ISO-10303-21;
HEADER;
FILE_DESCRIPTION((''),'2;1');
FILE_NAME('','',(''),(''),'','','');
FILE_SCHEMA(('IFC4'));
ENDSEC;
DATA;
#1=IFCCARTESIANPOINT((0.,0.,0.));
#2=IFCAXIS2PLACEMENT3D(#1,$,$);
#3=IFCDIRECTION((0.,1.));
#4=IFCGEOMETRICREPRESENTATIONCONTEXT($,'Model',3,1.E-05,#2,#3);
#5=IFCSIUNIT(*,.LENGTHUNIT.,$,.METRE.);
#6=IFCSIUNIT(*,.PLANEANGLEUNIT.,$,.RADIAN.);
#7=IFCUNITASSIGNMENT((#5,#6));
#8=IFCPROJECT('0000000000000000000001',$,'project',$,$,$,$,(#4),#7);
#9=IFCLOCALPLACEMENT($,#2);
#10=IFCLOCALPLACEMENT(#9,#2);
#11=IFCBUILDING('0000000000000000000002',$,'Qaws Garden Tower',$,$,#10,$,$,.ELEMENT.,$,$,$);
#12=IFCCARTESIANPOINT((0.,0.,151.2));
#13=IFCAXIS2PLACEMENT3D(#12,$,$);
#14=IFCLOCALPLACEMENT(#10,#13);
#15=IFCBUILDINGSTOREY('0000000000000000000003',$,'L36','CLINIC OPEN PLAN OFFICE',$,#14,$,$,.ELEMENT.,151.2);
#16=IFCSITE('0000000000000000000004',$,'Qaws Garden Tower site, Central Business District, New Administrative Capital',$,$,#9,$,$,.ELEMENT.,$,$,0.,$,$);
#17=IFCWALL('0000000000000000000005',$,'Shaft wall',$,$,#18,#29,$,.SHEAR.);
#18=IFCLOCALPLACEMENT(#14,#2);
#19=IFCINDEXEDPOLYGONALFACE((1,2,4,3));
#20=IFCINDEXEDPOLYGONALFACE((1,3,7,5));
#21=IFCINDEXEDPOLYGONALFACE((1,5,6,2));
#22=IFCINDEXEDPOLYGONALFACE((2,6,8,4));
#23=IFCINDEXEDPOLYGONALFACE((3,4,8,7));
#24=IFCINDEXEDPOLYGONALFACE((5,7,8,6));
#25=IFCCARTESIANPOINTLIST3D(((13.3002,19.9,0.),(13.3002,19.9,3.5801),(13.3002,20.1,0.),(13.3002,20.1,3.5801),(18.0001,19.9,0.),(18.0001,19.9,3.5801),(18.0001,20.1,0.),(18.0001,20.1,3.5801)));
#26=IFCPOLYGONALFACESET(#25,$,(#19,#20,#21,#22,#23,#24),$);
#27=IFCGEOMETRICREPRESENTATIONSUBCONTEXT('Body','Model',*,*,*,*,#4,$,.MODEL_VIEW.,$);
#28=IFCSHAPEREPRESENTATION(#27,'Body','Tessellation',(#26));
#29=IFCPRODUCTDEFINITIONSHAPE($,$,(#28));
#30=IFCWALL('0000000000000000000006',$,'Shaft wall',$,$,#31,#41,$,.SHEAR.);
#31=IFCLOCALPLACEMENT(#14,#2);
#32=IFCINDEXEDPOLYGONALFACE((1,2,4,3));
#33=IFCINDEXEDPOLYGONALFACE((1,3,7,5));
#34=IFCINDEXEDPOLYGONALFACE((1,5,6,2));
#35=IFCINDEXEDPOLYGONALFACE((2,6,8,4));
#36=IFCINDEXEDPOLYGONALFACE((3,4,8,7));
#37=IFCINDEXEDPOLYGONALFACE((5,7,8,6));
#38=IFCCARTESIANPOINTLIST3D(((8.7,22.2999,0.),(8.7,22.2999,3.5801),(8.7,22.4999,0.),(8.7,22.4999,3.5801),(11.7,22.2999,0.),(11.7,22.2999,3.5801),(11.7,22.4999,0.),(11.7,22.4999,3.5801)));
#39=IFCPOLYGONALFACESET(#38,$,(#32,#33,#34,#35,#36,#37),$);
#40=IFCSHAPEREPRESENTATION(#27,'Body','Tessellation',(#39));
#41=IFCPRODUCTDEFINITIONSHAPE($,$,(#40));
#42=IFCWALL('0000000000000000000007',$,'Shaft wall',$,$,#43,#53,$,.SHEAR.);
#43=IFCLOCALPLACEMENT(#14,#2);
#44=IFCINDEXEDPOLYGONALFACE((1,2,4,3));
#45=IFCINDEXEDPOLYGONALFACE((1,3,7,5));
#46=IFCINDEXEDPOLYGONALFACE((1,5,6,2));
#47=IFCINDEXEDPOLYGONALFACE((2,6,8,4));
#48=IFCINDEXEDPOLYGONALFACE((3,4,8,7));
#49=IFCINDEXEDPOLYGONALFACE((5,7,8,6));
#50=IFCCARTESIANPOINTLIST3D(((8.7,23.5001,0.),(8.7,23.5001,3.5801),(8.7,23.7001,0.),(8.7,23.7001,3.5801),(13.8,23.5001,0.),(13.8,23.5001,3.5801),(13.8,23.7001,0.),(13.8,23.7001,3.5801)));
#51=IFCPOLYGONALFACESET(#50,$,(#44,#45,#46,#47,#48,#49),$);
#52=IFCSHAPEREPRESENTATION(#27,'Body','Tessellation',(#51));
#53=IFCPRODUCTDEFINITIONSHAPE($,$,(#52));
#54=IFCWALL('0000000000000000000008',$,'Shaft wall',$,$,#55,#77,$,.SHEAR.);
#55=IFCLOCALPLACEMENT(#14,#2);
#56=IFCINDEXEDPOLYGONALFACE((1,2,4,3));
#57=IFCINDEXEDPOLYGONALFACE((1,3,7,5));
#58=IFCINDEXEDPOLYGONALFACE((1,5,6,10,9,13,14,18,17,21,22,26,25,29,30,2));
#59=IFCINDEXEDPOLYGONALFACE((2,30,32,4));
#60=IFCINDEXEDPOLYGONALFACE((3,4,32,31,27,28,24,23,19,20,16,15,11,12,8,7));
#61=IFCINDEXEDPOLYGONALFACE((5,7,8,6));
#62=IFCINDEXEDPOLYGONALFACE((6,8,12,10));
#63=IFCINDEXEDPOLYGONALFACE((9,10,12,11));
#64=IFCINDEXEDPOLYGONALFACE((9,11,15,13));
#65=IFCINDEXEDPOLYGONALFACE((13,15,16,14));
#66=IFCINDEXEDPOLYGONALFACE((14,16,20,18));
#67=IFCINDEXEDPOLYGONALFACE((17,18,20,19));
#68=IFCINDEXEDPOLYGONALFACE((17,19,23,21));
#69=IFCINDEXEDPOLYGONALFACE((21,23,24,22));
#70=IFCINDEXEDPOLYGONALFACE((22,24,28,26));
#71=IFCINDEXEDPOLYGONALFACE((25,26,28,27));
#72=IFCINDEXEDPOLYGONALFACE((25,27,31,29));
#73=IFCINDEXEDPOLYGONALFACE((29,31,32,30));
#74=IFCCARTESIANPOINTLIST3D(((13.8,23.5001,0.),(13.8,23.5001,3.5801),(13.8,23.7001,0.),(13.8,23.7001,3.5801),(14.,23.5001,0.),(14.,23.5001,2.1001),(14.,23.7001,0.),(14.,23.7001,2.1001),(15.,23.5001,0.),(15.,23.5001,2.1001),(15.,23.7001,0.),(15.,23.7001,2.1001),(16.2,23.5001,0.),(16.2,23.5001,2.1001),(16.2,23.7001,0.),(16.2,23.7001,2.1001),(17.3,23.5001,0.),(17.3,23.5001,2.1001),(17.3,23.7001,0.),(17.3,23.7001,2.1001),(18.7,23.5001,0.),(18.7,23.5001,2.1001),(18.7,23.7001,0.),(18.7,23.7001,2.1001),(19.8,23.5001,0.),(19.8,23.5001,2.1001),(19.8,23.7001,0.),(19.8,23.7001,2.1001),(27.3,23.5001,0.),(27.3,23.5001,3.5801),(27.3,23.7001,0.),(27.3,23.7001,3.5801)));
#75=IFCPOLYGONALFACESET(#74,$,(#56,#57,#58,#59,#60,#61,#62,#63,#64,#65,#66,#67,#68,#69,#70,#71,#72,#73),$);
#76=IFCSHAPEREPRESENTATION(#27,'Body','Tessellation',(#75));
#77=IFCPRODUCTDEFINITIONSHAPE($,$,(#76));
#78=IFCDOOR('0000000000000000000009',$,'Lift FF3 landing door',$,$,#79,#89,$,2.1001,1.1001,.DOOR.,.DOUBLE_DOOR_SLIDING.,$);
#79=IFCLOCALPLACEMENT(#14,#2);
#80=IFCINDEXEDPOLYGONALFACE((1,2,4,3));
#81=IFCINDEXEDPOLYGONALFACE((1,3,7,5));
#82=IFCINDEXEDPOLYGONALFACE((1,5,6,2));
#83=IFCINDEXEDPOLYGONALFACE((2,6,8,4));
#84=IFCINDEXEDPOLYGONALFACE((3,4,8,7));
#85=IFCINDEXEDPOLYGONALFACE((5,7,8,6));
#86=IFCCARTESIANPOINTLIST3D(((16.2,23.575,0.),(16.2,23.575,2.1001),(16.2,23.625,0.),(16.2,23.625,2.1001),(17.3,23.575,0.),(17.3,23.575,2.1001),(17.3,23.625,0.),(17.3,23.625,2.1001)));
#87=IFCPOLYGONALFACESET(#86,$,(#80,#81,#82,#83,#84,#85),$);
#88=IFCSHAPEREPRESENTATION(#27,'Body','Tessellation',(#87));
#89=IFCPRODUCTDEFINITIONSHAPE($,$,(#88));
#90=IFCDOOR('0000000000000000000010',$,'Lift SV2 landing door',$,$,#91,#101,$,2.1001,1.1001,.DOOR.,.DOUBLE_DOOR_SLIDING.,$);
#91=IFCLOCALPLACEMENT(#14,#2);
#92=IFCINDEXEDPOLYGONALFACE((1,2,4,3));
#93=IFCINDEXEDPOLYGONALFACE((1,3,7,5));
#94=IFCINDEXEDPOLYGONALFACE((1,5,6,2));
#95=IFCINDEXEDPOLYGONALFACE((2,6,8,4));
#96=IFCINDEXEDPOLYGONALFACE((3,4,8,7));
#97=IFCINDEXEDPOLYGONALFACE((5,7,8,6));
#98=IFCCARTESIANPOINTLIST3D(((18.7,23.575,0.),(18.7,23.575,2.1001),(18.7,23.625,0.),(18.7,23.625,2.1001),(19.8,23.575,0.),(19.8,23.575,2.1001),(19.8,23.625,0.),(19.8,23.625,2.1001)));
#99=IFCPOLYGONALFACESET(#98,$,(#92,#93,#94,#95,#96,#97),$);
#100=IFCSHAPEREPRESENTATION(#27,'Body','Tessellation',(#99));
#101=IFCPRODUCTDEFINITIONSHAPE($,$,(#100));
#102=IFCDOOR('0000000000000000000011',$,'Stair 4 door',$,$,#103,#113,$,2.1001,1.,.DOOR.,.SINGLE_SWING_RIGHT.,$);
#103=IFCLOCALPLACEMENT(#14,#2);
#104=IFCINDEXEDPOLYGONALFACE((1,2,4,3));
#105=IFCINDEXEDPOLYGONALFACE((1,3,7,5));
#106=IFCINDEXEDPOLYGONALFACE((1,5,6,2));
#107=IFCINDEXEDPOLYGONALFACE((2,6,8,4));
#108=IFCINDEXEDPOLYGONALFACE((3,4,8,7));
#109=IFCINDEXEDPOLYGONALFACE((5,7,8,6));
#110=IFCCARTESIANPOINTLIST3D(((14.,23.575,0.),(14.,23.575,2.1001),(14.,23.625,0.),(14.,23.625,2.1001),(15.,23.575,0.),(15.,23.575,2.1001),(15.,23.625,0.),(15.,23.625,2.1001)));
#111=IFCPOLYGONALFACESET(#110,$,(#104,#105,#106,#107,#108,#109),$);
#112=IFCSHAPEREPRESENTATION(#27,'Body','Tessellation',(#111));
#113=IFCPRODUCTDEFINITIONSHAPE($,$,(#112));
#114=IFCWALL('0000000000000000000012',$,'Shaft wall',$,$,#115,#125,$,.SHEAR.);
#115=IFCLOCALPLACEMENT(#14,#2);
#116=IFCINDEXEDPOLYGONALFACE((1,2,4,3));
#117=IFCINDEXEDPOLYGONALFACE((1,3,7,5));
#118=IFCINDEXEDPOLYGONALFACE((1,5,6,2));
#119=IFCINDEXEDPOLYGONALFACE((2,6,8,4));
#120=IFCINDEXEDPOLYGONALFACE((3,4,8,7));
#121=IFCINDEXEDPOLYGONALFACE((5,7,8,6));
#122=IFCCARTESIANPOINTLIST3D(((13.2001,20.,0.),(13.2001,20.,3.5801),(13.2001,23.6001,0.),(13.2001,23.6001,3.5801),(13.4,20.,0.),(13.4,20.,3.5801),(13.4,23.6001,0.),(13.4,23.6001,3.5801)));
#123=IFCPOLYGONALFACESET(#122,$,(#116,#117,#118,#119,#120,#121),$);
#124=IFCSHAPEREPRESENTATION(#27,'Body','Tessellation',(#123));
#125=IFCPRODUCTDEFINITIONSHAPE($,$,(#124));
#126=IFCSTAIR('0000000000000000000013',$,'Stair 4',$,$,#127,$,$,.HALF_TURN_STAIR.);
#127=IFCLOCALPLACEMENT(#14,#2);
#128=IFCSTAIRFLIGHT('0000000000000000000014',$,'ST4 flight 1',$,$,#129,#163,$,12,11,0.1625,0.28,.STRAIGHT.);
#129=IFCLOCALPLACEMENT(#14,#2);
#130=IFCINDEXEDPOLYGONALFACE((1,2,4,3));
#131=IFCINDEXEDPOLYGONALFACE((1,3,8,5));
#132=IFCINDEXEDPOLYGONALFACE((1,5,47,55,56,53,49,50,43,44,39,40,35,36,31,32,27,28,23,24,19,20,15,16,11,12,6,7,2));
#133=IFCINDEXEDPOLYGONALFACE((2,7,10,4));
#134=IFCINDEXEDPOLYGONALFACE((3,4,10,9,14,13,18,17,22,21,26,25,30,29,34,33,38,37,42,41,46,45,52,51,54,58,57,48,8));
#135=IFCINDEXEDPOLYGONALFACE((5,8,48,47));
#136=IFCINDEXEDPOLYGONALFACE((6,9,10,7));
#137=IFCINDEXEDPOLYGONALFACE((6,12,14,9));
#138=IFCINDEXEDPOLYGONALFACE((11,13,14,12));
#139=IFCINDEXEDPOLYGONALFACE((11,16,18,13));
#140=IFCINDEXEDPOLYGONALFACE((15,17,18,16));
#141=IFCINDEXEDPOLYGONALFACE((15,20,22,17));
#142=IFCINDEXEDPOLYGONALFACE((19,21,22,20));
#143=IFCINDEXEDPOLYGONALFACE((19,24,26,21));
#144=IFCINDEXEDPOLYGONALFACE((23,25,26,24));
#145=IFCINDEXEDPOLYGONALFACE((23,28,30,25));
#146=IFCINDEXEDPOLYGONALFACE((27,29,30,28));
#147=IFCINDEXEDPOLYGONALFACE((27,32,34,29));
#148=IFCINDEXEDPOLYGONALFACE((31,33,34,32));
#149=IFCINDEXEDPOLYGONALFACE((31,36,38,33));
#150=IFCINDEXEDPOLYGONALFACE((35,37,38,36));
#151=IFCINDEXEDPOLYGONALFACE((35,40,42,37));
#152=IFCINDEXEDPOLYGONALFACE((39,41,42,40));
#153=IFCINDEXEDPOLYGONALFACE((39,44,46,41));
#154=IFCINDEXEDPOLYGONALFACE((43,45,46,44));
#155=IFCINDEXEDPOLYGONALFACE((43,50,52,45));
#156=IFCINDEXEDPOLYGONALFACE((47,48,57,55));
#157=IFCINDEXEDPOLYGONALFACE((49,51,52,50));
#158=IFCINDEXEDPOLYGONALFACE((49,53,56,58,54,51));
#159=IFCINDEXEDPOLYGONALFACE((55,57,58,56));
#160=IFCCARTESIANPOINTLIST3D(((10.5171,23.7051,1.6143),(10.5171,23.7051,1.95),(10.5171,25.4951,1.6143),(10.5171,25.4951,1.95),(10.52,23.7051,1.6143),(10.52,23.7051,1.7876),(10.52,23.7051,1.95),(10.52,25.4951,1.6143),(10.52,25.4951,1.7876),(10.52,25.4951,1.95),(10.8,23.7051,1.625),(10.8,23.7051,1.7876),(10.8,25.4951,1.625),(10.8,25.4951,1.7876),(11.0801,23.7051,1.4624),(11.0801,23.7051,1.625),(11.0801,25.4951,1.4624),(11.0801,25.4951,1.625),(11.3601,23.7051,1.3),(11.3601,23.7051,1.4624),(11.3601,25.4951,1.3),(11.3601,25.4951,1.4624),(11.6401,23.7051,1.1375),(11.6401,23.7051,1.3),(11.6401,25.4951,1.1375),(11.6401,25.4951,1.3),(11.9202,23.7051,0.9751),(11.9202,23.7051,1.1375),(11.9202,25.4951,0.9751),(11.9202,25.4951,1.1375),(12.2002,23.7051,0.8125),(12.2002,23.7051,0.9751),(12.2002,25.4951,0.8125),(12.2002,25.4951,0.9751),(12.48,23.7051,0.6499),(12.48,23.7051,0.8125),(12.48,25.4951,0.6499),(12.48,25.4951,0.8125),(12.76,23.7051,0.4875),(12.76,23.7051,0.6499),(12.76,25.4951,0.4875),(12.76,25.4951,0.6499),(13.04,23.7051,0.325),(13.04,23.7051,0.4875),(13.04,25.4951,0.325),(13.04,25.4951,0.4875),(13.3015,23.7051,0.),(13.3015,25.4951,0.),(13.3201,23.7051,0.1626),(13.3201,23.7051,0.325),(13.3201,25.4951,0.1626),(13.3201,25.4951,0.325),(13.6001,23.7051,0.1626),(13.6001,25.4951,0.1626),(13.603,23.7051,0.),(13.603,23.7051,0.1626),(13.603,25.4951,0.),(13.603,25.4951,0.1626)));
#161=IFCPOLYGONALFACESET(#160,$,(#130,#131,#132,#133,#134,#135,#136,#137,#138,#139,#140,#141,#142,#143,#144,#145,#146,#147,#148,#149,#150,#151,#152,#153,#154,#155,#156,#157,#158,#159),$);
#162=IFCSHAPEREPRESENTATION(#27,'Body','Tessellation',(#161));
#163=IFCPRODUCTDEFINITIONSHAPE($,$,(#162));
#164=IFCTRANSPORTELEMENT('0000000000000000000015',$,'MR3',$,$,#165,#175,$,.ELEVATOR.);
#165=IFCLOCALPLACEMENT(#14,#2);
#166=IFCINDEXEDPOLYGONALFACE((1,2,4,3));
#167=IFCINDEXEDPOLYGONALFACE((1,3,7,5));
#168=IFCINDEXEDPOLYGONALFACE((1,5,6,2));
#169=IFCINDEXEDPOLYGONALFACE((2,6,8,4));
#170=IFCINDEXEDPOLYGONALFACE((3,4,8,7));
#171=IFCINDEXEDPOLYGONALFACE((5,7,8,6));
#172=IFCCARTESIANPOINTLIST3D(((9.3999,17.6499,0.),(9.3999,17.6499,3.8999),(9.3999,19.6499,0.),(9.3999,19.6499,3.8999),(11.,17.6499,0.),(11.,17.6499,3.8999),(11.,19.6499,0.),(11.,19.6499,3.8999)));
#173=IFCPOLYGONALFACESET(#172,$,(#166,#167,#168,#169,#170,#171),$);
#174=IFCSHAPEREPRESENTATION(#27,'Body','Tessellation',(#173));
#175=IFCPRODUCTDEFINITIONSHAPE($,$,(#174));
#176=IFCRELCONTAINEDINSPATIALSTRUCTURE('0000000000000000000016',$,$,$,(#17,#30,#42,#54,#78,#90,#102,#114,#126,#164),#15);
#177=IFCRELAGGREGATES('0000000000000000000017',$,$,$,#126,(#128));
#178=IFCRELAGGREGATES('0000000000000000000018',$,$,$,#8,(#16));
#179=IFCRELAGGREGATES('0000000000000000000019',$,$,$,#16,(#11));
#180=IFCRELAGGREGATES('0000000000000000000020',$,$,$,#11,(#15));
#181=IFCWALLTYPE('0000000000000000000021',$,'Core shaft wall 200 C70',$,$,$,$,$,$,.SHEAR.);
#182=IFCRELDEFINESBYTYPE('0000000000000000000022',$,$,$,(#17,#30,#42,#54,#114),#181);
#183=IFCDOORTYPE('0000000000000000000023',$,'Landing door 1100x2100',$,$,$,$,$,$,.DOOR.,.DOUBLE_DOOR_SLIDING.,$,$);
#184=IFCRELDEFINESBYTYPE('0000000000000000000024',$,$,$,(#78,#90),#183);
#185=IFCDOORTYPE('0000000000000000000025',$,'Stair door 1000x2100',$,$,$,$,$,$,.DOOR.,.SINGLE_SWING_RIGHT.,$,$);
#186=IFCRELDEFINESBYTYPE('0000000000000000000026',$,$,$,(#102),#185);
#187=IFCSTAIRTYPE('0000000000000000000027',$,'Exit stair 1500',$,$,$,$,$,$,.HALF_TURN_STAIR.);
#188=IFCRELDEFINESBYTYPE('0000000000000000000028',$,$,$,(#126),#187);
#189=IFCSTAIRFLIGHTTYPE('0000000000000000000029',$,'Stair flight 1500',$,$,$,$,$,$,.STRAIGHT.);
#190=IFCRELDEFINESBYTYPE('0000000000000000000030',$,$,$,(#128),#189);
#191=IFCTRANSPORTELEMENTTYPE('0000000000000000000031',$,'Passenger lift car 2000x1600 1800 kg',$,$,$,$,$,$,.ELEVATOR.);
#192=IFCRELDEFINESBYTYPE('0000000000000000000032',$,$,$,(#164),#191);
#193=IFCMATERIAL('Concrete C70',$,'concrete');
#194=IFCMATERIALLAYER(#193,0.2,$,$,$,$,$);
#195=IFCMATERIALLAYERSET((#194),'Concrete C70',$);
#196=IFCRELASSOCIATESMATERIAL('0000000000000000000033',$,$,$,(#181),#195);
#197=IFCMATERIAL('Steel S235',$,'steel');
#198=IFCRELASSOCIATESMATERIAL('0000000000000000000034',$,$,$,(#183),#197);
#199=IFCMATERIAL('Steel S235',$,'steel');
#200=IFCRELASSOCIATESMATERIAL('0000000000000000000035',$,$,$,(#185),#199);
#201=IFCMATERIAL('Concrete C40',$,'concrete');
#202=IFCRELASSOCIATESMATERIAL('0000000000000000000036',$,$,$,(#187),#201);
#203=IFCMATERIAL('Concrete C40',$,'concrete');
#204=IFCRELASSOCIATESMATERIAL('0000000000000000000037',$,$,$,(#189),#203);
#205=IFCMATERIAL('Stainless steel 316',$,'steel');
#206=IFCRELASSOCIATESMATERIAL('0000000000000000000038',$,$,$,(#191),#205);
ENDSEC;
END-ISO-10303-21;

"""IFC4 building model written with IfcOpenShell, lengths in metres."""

from ifc_helpers import new_model, si_unit, direction, frame, frame_2d, origin, origin_2d, place, context, subcontext, project, spatial, polyline, rectangle, outline, extrude, material, layer, layer_set, type_object, element, fill, aggregate, save


model = new_model("IFC4")

# Units and contexts
model_context = context("Model", 3, precision=1e-05, world=origin(), true_north=direction((0.0, 1.0)))
body_context = subcontext(model_context, "Body", "Model", "MODEL_VIEW")
ifc_project = project(units=[si_unit("LENGTHUNIT", "METRE"), si_unit("PLANEANGLEUNIT", "RADIAN")], contexts=[model_context])

# Site, building, storey
site_placement = place(None, origin())
site = spatial("IfcSite", under=ifc_project, at=site_placement, Name="Qaws Garden Tower site, Central Business District, New Administrative Capital", CompositionType="ELEMENT", RefElevation=0.0)
building_placement = place(site_placement, origin())
building = spatial("IfcBuilding", under=site, at=building_placement, Name="Qaws Garden Tower", CompositionType="ELEMENT")
storey_placement = place(building_placement, frame((0.0, 0.0, 151.2)))
storey = spatial("IfcBuildingStorey", under=building, at=storey_placement, Name="L36", Description="CLINIC OPEN PLAN OFFICE", CompositionType="ELEMENT", Elevation=151.2)

# Walls
ifc_material_1 = material(Name="Concrete C70", Category="concrete")
ifc_layer_1 = layer(ifc_material_1, 0.2)
ifc_layer_set_1 = layer_set([ifc_layer_1], Name="Concrete C70")
wall_type_1 = type_object("IfcWallType", Name="Core shaft wall 200 C70", PredefinedType="SHEAR", material=ifc_layer_set_1)
wall_1_placement = place(storey_placement, frame((13.3, 20.0, 0.0), z_axis=(0.0, 0.0, 1.0), x_axis=(1.0, 0.0, 0.0)))
element("IfcWall", 1, at=wall_1_placement, inside=storey, type_object=wall_type_1, Name="Shaft wall", PredefinedType="SHEAR", context=body_context, shape_type="SweptSolid", body=[
    extrude(rectangle(XDim=4.7, YDim=0.2, at=frame_2d((2.3501, 0.0))), origin(), (0.0, 0.0, 1.0), 3.5801),
])
wall_2_placement = place(storey_placement, frame((8.7, 22.3999, 0.0), z_axis=(0.0, 0.0, 1.0), x_axis=(1.0, 0.0, 0.0)))
element("IfcWall", 2, at=wall_2_placement, inside=storey, type_object=wall_type_1, Name="Shaft wall", PredefinedType="SHEAR", context=body_context, shape_type="SweptSolid", body=[
    extrude(rectangle(XDim=3.0, YDim=0.2, at=frame_2d((1.5, 0.0))), origin(), (0.0, 0.0, 1.0), 3.5801),
])
wall_3_placement = place(storey_placement, frame((8.7, 23.6001, 0.0), z_axis=(0.0, 0.0, 1.0), x_axis=(1.0, 0.0, 0.0)))
element("IfcWall", 3, at=wall_3_placement, inside=storey, type_object=wall_type_1, Name="Shaft wall", PredefinedType="SHEAR", context=body_context, shape_type="SweptSolid", body=[
    extrude(rectangle(XDim=5.1001, YDim=0.2, at=frame_2d((2.55, 0.0))), origin(), (0.0, 0.0, 1.0), 3.5801),
])

# Wall, openings, doors
wall_4_placement = place(storey_placement, frame((13.8, 23.6001, 0.0), z_axis=(0.0, 0.0, 1.0), x_axis=(1.0, 0.0, 0.0)))
wall_4 = element("IfcWall", 4, at=wall_4_placement, inside=storey, type_object=wall_type_1, Name="Shaft wall", PredefinedType="SHEAR", context=body_context, shape_type="SweptSolid", body=[
    extrude(rectangle(XDim=13.5, YDim=0.2, at=frame_2d((6.75, 0.0))), origin(), (0.0, 0.0, 1.0), 3.5801),
])
opening_1_placement = place(wall_4_placement, frame((2.3999, 0.0, 0.0)))
opening_1 = element("IfcOpeningElement", 5, at=opening_1_placement, cuts=wall_4, PredefinedType="OPENING", context=body_context, shape_type="SweptSolid", body=[
    extrude(rectangle(XDim=1.1001, YDim=2.1001, at=frame_2d((0.55, 1.05))), frame((0.0, 0.1099, 0.0), z_axis=(0.0, -1.0, 0.0), x_axis=(1.0, 0.0, 0.0)), (0.0, 0.0, 1.0), 0.22),
])
opening_2_placement = place(wall_4_placement, frame((4.8999, 0.0, 0.0)))
opening_2 = element("IfcOpeningElement", 6, at=opening_2_placement, cuts=wall_4, PredefinedType="OPENING", context=body_context, shape_type="SweptSolid", body=[
    extrude(rectangle(XDim=1.1001, YDim=2.1001, at=frame_2d((0.55, 1.05))), frame((0.0, 0.1099, 0.0), z_axis=(0.0, -1.0, 0.0), x_axis=(1.0, 0.0, 0.0)), (0.0, 0.0, 1.0), 0.22),
])
opening_3_placement = place(wall_4_placement, frame((0.2, 0.0, 0.0)))
opening_3 = element("IfcOpeningElement", 7, at=opening_3_placement, cuts=wall_4, PredefinedType="OPENING", context=body_context, shape_type="SweptSolid", body=[
    extrude(rectangle(XDim=1.0, YDim=2.1001, at=frame_2d((0.5, 1.05))), frame((0.0, 0.1099, 0.0), z_axis=(0.0, -1.0, 0.0), x_axis=(1.0, 0.0, 0.0)), (0.0, 0.0, 1.0), 0.22),
])
ifc_material_2 = material(Name="Steel S235", Category="steel")
door_type_1 = type_object("IfcDoorType", Name="Landing door 1100x2100", OperationType="DOUBLE_DOOR_SLIDING", PredefinedType="DOOR", material=ifc_material_2)
door_1_placement = place(opening_1_placement, origin())
door_1 = element("IfcDoor", 8, at=door_1_placement, inside=storey, type_object=door_type_1, Name="Lift FF3 landing door", OperationType="DOUBLE_DOOR_SLIDING", OverallHeight=2.1001, OverallWidth=1.1001, PredefinedType="DOOR", context=body_context, shape_type="SweptSolid", body=[
    extrude(rectangle(XDim=1.1001, YDim=2.1001, at=frame_2d((0.55, 1.05))), frame((0.0, 0.0249, 0.0), z_axis=(0.0, -1.0, 0.0), x_axis=(1.0, 0.0, 0.0)), (0.0, 0.0, 1.0), 0.05),
])
fill(opening_1, door_1)
door_2_placement = place(opening_2_placement, origin())
door_2 = element("IfcDoor", 9, at=door_2_placement, inside=storey, type_object=door_type_1, Name="Lift SV2 landing door", OperationType="DOUBLE_DOOR_SLIDING", OverallHeight=2.1001, OverallWidth=1.1001, PredefinedType="DOOR", context=body_context, shape_type="SweptSolid", body=[
    extrude(rectangle(XDim=1.1001, YDim=2.1001, at=frame_2d((0.55, 1.05))), frame((0.0, 0.0249, 0.0), z_axis=(0.0, -1.0, 0.0), x_axis=(1.0, 0.0, 0.0)), (0.0, 0.0, 1.0), 0.05),
])
fill(opening_2, door_2)
ifc_material_3 = material(Name="Steel S235", Category="steel")
door_type_2 = type_object("IfcDoorType", Name="Stair door 1000x2100", OperationType="SINGLE_SWING_RIGHT", PredefinedType="DOOR", material=ifc_material_3)
door_3_placement = place(opening_3_placement, origin())
door_3 = element("IfcDoor", 10, at=door_3_placement, inside=storey, type_object=door_type_2, Name="Stair 4 door", OperationType="SINGLE_SWING_RIGHT", OverallHeight=2.1001, OverallWidth=1.0, PredefinedType="DOOR", context=body_context, shape_type="SweptSolid", body=[
    extrude(rectangle(XDim=1.0, YDim=2.1001, at=frame_2d((0.5, 1.05))), frame((0.0, 0.0249, 0.0), z_axis=(0.0, -1.0, 0.0), x_axis=(1.0, 0.0, 0.0)), (0.0, 0.0, 1.0), 0.05),
])
fill(opening_3, door_3)

# Wall
wall_5_placement = place(storey_placement, frame((13.3, 20.0, 0.0), z_axis=(0.0, 0.0, 1.0), x_axis=(0.0, 1.0, 0.0)))
element("IfcWall", 11, at=wall_5_placement, inside=storey, type_object=wall_type_1, Name="Shaft wall", PredefinedType="SHEAR", context=body_context, shape_type="SweptSolid", body=[
    extrude(rectangle(XDim=3.6001, YDim=0.2, at=frame_2d((1.8, 0.0))), origin(), (0.0, 0.0, 1.0), 3.5801),
])

# Stair, stair flight
ifc_material_4 = material(Name="Concrete C40", Category="concrete")
stair_type = type_object("IfcStairType", Name="Exit stair 1500", PredefinedType="HALF_TURN_STAIR", material=ifc_material_4)
stair_placement = place(storey_placement, origin())
stair = element("IfcStair", 12, at=stair_placement, inside=storey, type_object=stair_type, Name="Stair 4", PredefinedType="HALF_TURN_STAIR")
ifc_material_5 = material(Name="Concrete C40", Category="concrete")
stair_flight_type = type_object("IfcStairFlightType", Name="Stair flight 1500", PredefinedType="STRAIGHT", material=ifc_material_5)
stair_flight_placement = place(storey_placement, frame((13.6001, 24.6001, 0.0), z_axis=(0.0, 0.0, 1.0), x_axis=(-1.0, 0.0, 0.0)))
stair_flight = element("IfcStairFlight", 13, at=stair_flight_placement, type_object=stair_flight_type, Name="ST4 flight 1", NumberOfRisers=12, NumberOfTreads=11, PredefinedType="STRAIGHT", RiserHeight=0.1625, TreadLength=0.28, context=body_context, shape_type="SweptSolid", body=[
    extrude(outline(polyline([(-0.0029, 0.0), (-0.0029, 0.1626), (0.0, 0.1626), (0.28, 0.1626), (0.28, 0.325), (0.5601, 0.325), (0.5601, 0.4875), (0.8401, 0.4875), (0.8401, 0.6499), (1.1201, 0.6499), (1.1201, 0.8125), (1.3999, 0.8125), (1.3999, 0.9751), (1.6799, 0.9751), (1.6799, 1.1375), (1.96, 1.1375), (1.96, 1.3), (2.24, 1.3), (2.24, 1.4624), (2.52, 1.4624), (2.52, 1.625), (2.8, 1.625), (2.8, 1.7876), (3.0801, 1.7876), (3.0801, 1.95), (3.083, 1.95), (3.083, 1.6143), (3.0801, 1.6143), (0.2986, 0.0), (-0.0029, 0.0)])), frame((0.0, 0.895, 0.0), z_axis=(0.0, -1.0, 0.0), x_axis=(1.0, 0.0, 0.0)), (0.0, 0.0, 1.0), 1.79),
])
aggregate(stair, [stair_flight])

# Transport element
ifc_material_6 = material(Name="Stainless steel 316", Category="steel")
transport_element_type = type_object("IfcTransportElementType", Name="Passenger lift car 2000x1600 1800 kg", PredefinedType="ELEVATOR", material=ifc_material_6)
for number, where, z_axis, x_axis, name in (
    (14, (10.2, 18.6499, 0.0), (0.0, 0.0, 1.0), (1.0, 0.0, 0.0), "MR3"),
):
    element("IfcTransportElement", number, at=place(storey_placement, frame(where, z_axis=z_axis, x_axis=x_axis)), inside=storey, type_object=transport_element_type, Name=name, PredefinedType="ELEVATOR", context=body_context, shape_type="SweptSolid", body=[
        extrude(rectangle(XDim=1.6001, YDim=2.0, at=origin_2d()), origin(), (0.0, 0.0, 1.0), 3.8999),
    ])

save(model, "model.ifc")
